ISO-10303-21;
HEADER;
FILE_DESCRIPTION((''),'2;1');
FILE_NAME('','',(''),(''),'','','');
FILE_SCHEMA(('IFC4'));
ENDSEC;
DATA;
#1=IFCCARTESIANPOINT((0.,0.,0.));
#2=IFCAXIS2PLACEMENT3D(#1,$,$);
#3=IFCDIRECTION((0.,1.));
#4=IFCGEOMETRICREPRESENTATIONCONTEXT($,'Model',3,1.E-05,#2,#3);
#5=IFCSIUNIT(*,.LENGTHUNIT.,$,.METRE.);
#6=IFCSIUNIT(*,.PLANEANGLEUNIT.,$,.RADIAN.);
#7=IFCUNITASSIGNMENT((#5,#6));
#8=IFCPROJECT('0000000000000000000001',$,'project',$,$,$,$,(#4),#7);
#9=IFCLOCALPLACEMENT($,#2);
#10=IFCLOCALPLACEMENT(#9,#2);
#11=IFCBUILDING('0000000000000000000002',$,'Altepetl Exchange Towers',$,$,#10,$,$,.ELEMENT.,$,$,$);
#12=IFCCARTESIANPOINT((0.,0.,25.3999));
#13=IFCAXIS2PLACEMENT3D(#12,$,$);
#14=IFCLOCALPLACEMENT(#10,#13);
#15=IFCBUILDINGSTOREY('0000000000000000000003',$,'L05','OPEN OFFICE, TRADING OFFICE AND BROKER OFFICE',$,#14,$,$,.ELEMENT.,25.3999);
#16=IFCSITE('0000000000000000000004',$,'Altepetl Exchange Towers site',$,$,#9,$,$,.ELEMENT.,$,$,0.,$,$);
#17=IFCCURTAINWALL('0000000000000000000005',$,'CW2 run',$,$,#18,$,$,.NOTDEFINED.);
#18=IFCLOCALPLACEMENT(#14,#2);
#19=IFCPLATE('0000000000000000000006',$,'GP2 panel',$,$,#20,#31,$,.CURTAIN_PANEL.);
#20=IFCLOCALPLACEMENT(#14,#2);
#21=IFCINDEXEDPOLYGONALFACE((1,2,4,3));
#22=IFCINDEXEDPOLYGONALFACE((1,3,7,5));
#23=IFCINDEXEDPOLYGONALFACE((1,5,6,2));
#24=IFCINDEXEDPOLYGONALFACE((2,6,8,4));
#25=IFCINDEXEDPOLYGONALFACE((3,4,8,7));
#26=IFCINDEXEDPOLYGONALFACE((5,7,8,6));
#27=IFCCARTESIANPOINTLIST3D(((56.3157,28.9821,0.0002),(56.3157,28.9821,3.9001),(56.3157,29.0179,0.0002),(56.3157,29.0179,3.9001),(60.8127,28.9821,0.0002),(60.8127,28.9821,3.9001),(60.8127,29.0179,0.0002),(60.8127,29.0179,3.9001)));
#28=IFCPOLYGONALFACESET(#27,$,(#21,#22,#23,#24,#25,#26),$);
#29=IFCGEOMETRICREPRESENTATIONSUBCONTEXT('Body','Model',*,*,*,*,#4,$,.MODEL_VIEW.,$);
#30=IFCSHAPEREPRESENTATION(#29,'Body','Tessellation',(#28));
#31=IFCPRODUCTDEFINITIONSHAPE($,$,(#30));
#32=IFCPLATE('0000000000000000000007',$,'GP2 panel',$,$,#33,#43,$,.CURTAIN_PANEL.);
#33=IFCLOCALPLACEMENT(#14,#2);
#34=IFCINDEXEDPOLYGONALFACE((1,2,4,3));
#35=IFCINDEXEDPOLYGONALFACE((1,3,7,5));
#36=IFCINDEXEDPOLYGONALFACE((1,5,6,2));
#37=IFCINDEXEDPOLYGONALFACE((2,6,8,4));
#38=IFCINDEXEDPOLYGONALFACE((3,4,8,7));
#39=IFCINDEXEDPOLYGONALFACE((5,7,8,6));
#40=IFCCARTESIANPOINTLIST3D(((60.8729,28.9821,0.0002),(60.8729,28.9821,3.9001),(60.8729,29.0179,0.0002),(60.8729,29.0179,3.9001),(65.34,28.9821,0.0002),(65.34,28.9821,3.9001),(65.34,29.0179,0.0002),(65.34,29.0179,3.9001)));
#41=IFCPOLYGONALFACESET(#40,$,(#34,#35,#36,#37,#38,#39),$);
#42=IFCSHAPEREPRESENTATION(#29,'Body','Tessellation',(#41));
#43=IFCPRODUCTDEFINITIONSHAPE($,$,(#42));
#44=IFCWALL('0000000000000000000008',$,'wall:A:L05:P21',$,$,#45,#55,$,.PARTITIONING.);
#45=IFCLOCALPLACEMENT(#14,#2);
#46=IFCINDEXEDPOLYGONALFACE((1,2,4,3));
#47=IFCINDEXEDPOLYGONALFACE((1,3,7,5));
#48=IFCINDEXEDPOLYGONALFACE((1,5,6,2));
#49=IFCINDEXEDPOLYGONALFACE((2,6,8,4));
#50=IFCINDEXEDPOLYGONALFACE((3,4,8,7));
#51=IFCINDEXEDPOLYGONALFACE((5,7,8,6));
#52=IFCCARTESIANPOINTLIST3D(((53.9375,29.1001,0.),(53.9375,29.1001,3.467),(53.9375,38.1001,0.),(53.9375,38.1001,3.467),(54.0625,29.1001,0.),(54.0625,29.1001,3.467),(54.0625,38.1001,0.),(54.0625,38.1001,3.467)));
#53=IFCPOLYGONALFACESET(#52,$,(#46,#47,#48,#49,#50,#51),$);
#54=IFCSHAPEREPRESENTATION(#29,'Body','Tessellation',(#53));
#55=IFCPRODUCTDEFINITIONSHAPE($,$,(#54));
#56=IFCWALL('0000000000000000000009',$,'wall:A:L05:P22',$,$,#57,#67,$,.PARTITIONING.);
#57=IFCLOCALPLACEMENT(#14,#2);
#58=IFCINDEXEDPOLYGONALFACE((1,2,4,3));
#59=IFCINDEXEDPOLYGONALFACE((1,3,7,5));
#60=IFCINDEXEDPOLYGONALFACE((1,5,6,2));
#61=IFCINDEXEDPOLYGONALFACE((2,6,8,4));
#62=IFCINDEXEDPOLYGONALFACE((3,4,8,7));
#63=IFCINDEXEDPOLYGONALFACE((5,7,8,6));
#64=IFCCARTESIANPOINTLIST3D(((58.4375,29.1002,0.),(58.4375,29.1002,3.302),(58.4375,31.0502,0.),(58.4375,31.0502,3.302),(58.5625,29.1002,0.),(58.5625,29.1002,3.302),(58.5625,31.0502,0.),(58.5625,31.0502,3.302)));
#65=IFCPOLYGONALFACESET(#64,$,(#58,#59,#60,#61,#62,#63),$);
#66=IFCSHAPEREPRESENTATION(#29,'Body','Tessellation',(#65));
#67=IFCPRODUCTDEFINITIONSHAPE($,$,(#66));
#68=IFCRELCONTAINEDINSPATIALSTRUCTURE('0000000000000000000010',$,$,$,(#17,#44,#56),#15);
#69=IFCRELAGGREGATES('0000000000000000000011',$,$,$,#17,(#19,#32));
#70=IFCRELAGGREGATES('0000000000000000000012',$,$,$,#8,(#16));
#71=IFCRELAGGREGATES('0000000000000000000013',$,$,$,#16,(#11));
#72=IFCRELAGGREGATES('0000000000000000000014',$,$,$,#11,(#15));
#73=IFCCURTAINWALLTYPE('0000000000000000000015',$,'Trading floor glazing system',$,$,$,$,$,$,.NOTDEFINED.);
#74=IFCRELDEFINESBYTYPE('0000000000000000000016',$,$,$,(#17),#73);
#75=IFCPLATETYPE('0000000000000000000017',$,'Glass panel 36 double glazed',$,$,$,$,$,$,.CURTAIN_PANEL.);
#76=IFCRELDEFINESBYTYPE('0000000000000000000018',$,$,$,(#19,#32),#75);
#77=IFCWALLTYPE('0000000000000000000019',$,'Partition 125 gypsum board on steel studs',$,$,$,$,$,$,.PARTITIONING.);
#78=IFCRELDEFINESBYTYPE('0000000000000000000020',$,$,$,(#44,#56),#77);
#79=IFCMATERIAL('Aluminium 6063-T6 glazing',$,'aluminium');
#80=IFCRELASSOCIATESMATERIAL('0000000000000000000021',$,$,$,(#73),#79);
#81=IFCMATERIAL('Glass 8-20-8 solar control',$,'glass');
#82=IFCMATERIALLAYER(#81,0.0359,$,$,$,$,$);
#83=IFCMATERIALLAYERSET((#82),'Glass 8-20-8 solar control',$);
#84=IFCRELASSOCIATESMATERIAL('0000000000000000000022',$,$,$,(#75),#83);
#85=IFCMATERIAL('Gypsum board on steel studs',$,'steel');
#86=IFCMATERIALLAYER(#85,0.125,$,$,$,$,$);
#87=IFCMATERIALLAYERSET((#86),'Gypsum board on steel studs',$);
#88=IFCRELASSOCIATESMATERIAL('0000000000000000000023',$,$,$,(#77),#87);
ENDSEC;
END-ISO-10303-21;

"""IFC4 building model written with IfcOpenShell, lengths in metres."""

from ifc_helpers import new_model, si_unit, direction, frame, frame_2d, origin, origin_2d, place, context, subcontext, project, spatial, rectangle, extrude, material, layer, layer_set, type_object, element, aggregate, save


model = new_model("IFC4")

# Units and contexts
model_context = context("Model", 3, precision=1e-05, world=origin(), true_north=direction((0.0, 1.0)))
body_context = subcontext(model_context, "Body", "Model", "MODEL_VIEW")
ifc_project = project(units=[si_unit("LENGTHUNIT", "METRE"), si_unit("PLANEANGLEUNIT", "RADIAN")], contexts=[model_context])

# Site, building, storey
site_placement = place(None, origin())
site = spatial("IfcSite", under=ifc_project, at=site_placement, Name="Altepetl Exchange Towers site", CompositionType="ELEMENT", RefElevation=0.0)
building_placement = place(site_placement, origin())
building = spatial("IfcBuilding", under=site, at=building_placement, Name="Altepetl Exchange Towers", CompositionType="ELEMENT")
storey_placement = place(building_placement, frame((0.0, 0.0, 25.3999)))
storey = spatial("IfcBuildingStorey", under=building, at=storey_placement, Name="L05", Description="OPEN OFFICE, TRADING OFFICE AND BROKER OFFICE", CompositionType="ELEMENT", Elevation=25.3999)

# Curtain wall
ifc_material_1 = material(Name="Aluminium 6063-T6 glazing", Category="aluminium")
curtain_wall_type = type_object("IfcCurtainWallType", Name="Trading floor glazing system", PredefinedType="NOTDEFINED", material=ifc_material_1)
curtain_wall_1_placement = place(storey_placement, origin())
curtain_wall_1 = element("IfcCurtainWall", 1, at=curtain_wall_1_placement, inside=storey, type_object=curtain_wall_type, Name="CW2 run", PredefinedType="NOTDEFINED")

# Plates
ifc_material_2 = material(Name="Glass 8-20-8 solar control", Category="glass")
ifc_layer_1 = layer(ifc_material_2, 0.0359)
ifc_layer_set_1 = layer_set([ifc_layer_1], Name="Glass 8-20-8 solar control")
plate_type = type_object("IfcPlateType", Name="Glass panel 36 double glazed", PredefinedType="CURTAIN_PANEL", material=ifc_layer_set_1)
plate_1_placement = place(storey_placement, frame((58.5642, 29.0, 0.0002)))
plate_1 = element("IfcPlate", 2, at=plate_1_placement, type_object=plate_type, Name="GP2 panel", PredefinedType="CURTAIN_PANEL", context=body_context, shape_type="SweptSolid", body=[
    extrude(rectangle(XDim=4.4971, YDim=0.0359, at=origin_2d()), origin(), (0.0, 0.0, 1.0), 3.8999),
])
plate_2_placement = place(storey_placement, frame((63.1064, 29.0, 0.0002)))
plate_2 = element("IfcPlate", 3, at=plate_2_placement, type_object=plate_type, Name="GP2 panel", PredefinedType="CURTAIN_PANEL", context=body_context, shape_type="SweptSolid", body=[
    extrude(rectangle(XDim=4.467, YDim=0.0359, at=origin_2d()), origin(), (0.0, 0.0, 1.0), 3.8999),
])
aggregate(curtain_wall_1, [plate_1, plate_2])

# Walls
ifc_material_3 = material(Name="Gypsum board on steel studs", Category="steel")
ifc_layer_2 = layer(ifc_material_3, 0.125)
ifc_layer_set_2 = layer_set([ifc_layer_2], Name="Gypsum board on steel studs")
wall_type = type_object("IfcWallType", Name="Partition 125 gypsum board on steel studs", PredefinedType="PARTITIONING", material=ifc_layer_set_2)
wall_1_placement = place(storey_placement, frame((54.0, 29.1001, 0.0), z_axis=(0.0, 0.0, 1.0), x_axis=(0.0, 1.0, 0.0)))
element("IfcWall", 4, at=wall_1_placement, inside=storey, type_object=wall_type, Name="wall:A:L05:P21", PredefinedType="PARTITIONING", context=body_context, shape_type="SweptSolid", body=[
    extrude(rectangle(XDim=9.0, YDim=0.125, at=frame_2d((4.5, 0.0))), origin(), (0.0, 0.0, 1.0), 3.467),
])
wall_2_placement = place(storey_placement, frame((58.5, 29.1001, 0.0), z_axis=(0.0, 0.0, 1.0), x_axis=(0.0, 1.0, 0.0)))
element("IfcWall", 5, at=wall_2_placement, inside=storey, type_object=wall_type, Name="wall:A:L05:P22", PredefinedType="PARTITIONING", context=body_context, shape_type="SweptSolid", body=[
    extrude(rectangle(XDim=1.95, YDim=0.125, at=frame_2d((0.9751, 0.0))), origin(), (0.0, 0.0, 1.0), 3.302),
])

save(model, "model.ifc")
